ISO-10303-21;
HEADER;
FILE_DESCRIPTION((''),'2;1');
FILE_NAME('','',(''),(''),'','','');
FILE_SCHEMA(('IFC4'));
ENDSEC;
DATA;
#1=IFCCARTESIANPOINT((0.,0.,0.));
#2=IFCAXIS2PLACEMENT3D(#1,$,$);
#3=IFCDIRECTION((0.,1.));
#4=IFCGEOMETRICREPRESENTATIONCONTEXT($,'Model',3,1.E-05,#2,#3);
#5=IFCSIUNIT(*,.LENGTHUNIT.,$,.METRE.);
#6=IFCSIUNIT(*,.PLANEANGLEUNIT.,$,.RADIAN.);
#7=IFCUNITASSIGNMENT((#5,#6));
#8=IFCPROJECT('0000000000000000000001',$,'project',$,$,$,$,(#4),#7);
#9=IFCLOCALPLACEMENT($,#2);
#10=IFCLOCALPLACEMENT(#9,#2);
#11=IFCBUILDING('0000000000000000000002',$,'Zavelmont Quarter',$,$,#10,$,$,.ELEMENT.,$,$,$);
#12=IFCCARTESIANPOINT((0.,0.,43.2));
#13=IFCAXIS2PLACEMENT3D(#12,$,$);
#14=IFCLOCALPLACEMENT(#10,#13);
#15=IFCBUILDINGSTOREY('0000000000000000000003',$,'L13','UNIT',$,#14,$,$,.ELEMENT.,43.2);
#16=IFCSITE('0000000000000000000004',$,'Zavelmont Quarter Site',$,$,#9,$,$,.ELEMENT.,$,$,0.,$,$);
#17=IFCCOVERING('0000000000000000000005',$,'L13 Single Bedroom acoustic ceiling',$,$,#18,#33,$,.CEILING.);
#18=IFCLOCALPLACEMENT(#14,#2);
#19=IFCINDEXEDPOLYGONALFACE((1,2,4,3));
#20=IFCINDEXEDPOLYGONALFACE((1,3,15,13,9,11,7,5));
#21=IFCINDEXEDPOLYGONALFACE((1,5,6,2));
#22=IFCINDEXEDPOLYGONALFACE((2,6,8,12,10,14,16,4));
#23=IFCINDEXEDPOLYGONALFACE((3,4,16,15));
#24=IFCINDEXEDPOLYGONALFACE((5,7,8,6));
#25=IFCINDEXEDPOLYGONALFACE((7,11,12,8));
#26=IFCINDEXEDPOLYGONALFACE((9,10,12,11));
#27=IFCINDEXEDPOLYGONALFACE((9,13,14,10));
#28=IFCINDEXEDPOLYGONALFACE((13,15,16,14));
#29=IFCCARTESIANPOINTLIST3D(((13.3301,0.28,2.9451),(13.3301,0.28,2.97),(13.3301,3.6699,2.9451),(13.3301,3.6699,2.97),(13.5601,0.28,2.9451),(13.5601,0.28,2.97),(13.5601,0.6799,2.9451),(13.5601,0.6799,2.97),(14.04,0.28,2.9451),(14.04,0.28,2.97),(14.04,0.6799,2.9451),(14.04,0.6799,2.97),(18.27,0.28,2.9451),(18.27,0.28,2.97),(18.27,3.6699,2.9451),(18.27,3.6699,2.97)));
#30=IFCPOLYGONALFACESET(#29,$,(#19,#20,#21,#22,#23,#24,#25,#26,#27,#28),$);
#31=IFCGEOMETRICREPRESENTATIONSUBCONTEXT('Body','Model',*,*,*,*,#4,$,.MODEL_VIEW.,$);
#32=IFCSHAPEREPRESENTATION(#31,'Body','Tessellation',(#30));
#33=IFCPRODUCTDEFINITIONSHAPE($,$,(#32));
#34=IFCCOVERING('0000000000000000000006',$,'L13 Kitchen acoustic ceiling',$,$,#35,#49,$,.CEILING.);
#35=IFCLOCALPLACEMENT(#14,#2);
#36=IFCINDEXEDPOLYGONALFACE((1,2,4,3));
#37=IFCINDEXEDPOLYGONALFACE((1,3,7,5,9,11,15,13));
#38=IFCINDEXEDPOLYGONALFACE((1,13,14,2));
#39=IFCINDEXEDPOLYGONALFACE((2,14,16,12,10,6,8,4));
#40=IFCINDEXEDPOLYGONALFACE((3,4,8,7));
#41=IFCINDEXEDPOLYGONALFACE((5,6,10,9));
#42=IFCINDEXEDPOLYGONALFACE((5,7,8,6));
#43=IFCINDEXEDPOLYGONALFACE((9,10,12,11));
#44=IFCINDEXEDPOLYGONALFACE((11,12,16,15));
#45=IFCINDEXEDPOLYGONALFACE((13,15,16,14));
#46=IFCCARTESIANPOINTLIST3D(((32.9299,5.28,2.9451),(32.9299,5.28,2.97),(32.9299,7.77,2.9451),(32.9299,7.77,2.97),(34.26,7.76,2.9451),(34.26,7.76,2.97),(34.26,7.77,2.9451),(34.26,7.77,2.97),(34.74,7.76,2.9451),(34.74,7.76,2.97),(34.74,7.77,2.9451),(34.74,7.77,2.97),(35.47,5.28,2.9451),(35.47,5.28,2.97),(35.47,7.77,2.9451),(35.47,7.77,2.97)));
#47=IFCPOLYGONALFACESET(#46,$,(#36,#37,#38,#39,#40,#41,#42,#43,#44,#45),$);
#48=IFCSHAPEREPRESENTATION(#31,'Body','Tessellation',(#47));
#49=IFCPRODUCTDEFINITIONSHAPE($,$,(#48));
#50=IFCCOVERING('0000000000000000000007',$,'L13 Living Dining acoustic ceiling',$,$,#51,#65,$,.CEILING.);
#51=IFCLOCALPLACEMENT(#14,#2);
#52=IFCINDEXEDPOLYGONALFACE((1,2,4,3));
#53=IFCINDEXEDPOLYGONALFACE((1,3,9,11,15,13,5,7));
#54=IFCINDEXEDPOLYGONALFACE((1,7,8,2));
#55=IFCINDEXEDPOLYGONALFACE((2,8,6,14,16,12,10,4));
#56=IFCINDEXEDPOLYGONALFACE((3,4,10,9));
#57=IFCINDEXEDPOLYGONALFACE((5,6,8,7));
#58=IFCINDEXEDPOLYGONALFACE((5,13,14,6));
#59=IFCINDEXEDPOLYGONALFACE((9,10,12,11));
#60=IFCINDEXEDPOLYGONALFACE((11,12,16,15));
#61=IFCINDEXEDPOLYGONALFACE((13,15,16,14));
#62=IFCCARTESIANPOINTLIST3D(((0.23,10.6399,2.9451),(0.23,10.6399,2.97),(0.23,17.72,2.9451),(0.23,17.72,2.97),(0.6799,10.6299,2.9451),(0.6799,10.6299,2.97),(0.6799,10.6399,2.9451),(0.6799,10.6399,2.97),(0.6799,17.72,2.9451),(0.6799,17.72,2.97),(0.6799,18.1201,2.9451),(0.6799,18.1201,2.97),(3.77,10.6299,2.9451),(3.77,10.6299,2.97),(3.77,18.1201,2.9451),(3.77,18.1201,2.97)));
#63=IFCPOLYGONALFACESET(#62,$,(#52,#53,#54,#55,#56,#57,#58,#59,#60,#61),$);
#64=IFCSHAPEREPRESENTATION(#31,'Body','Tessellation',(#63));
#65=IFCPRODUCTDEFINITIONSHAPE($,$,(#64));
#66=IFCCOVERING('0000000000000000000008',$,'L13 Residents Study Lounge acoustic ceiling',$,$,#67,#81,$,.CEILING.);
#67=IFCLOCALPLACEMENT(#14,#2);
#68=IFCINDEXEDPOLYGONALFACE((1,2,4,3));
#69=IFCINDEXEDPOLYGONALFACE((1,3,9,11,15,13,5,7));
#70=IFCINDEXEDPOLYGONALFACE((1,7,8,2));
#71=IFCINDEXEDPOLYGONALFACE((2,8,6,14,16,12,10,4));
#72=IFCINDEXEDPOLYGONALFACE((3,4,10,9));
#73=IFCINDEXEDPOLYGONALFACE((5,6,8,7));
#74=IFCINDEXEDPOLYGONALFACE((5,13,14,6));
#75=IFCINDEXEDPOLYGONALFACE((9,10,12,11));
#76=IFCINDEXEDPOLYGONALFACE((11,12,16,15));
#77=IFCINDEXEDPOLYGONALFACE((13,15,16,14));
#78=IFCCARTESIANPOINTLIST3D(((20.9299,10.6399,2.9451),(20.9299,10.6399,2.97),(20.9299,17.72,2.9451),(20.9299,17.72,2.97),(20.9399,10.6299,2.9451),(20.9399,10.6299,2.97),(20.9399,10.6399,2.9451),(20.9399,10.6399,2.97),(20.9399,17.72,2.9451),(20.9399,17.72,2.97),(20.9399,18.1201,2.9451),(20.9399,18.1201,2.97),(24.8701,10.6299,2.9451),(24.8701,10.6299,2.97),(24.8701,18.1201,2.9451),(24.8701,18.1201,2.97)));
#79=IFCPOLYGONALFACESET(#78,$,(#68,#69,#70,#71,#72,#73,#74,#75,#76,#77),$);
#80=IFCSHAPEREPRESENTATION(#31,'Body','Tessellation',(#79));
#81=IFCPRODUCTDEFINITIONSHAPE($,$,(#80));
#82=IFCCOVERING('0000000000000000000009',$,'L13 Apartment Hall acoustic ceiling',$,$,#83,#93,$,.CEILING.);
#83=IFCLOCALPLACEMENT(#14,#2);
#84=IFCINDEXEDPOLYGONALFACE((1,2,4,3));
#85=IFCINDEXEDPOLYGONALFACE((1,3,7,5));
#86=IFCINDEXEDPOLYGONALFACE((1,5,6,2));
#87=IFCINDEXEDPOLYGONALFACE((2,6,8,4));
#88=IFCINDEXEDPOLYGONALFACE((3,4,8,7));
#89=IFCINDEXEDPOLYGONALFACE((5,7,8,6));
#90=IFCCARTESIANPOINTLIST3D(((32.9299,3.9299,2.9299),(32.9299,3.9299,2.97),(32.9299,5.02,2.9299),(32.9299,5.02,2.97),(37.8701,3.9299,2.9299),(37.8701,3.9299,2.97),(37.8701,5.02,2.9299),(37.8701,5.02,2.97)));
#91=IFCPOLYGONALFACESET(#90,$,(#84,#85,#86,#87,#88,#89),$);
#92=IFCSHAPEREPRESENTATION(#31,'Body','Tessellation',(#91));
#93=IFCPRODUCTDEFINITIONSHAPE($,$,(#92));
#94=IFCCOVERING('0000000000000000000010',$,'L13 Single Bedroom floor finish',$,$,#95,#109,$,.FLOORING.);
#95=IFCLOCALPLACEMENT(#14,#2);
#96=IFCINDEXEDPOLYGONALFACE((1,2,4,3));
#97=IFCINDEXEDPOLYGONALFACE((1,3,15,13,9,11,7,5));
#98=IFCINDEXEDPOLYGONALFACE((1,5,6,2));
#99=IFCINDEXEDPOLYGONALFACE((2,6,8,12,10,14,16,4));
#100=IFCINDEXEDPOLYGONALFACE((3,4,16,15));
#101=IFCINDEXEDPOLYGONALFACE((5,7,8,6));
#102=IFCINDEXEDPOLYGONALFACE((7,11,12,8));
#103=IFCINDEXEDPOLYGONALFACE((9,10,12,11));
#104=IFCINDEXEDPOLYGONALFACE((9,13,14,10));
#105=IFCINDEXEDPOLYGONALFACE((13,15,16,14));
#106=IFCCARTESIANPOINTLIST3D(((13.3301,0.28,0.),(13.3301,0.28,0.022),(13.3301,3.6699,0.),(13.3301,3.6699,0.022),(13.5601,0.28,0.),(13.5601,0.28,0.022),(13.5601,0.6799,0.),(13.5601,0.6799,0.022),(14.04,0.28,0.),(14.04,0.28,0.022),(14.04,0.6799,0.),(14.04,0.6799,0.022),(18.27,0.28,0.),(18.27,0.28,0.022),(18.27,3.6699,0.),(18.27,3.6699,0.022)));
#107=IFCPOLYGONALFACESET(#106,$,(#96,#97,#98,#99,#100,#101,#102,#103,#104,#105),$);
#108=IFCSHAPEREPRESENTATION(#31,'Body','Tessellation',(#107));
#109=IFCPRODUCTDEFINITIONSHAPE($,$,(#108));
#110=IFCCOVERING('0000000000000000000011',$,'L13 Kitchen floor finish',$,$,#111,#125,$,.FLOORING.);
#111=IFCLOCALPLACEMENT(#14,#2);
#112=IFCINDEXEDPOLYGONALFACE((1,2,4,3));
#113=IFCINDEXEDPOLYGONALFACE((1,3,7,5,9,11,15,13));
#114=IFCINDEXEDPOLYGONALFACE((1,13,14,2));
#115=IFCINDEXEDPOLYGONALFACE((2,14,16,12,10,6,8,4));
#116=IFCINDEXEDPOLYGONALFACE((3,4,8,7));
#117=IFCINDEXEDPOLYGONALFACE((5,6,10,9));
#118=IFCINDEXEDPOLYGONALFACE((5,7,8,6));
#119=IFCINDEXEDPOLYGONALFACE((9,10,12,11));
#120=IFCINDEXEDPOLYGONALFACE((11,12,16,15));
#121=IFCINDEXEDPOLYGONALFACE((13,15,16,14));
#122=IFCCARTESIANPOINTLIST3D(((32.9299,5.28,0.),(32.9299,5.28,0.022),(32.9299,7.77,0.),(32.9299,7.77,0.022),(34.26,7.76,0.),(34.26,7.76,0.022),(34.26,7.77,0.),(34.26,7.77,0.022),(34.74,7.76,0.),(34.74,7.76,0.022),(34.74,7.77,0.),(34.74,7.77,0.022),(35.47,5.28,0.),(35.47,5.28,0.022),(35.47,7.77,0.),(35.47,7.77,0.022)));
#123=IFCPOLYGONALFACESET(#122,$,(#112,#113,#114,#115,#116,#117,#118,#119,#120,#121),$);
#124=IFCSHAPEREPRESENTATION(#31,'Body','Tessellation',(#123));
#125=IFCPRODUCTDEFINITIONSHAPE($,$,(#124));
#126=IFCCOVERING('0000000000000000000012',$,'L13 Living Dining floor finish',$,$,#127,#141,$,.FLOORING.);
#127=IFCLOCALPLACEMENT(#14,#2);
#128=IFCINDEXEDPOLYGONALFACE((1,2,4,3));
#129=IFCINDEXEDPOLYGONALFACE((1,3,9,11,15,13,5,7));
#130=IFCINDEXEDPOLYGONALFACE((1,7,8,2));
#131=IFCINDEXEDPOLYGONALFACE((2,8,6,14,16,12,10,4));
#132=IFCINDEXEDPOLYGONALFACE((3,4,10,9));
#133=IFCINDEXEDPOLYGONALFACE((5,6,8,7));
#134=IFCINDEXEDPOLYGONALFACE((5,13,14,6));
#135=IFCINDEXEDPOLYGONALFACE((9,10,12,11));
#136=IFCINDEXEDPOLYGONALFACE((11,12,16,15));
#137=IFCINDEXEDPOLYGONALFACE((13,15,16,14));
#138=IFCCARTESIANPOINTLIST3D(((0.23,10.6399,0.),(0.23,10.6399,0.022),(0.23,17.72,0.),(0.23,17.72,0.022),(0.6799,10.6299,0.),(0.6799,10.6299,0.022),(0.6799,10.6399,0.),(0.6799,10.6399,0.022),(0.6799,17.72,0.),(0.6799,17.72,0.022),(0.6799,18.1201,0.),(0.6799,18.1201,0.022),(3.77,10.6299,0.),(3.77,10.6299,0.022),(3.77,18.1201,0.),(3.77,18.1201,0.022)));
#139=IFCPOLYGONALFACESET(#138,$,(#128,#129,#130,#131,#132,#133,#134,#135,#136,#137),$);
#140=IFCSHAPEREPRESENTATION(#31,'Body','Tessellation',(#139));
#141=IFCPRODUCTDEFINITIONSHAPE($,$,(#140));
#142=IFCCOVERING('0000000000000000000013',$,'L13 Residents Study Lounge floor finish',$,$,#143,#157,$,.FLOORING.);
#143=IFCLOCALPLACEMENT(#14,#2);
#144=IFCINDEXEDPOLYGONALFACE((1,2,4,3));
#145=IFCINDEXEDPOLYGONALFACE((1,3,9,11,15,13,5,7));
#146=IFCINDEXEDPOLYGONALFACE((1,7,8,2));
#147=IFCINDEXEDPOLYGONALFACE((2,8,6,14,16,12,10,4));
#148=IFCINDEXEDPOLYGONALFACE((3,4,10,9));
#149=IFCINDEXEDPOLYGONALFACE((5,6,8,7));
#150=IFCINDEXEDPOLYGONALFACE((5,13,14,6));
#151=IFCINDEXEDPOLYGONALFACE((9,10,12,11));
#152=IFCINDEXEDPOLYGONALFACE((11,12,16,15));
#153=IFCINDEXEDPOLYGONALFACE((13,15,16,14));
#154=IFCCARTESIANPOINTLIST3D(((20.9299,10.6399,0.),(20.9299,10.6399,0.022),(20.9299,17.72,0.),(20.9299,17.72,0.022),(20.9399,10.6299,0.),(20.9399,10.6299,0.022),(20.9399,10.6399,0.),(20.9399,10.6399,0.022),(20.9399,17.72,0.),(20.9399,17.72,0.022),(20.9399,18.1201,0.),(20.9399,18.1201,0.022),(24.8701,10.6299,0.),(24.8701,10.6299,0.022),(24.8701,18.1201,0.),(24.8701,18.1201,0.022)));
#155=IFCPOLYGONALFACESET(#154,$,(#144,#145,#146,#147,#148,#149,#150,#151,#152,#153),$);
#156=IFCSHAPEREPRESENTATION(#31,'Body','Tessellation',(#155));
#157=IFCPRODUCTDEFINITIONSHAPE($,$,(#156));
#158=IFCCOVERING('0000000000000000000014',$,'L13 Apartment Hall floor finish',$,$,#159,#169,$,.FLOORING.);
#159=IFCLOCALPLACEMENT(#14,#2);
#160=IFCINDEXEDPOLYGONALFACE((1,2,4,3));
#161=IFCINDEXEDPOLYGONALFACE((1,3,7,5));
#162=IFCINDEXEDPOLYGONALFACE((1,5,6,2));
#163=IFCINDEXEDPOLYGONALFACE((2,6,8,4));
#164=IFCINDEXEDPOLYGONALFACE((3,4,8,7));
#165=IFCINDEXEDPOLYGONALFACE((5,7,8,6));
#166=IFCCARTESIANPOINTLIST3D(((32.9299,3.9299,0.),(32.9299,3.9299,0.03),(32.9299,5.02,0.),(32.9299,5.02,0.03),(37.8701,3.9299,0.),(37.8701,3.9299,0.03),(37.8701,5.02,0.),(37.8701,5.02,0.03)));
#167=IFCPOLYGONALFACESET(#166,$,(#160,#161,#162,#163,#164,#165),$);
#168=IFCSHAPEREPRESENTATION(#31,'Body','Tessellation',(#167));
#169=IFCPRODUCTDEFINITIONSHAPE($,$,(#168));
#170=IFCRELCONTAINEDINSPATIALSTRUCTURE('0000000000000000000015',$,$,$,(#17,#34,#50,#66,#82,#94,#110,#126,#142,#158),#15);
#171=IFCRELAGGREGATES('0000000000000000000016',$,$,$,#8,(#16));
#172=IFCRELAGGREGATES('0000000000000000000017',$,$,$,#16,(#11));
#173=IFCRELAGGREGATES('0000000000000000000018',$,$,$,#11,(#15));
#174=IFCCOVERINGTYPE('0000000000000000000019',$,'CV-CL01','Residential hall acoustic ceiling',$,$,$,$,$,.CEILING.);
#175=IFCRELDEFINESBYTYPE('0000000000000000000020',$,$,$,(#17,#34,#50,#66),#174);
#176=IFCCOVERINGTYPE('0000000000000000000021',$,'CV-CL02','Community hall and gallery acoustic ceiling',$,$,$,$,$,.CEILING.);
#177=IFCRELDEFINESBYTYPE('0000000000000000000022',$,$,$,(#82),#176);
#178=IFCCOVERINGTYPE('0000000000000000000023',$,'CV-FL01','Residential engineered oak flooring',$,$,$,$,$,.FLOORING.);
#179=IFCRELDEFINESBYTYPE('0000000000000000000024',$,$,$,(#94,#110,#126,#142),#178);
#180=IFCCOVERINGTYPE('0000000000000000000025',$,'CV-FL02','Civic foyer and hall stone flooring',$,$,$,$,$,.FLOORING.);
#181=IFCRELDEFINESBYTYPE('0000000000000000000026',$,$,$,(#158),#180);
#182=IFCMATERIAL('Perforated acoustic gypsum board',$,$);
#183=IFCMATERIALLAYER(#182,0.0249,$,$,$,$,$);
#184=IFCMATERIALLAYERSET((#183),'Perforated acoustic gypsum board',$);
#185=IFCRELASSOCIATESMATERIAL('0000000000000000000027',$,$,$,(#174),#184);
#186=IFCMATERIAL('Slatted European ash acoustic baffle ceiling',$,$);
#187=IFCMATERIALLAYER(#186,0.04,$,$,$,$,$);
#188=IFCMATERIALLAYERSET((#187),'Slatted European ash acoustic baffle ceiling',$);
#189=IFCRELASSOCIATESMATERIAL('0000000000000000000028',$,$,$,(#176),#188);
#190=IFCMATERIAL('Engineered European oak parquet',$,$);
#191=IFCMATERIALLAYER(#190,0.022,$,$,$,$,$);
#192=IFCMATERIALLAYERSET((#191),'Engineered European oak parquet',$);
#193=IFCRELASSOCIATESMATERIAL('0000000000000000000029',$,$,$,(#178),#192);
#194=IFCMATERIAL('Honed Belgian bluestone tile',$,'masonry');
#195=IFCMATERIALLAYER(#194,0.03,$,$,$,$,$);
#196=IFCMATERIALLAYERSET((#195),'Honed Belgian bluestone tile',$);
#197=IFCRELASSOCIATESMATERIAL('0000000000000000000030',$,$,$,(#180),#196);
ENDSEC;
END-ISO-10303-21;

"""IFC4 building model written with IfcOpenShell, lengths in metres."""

from ifc_helpers import new_model, si_unit, direction, frame, origin, place, context, subcontext, project, spatial, polyline, outline, extrude, material, layer, layer_set, type_object, element, save


model = new_model("IFC4")

# Units and contexts
model_context = context("Model", 3, precision=1e-05, world=origin(), true_north=direction((0.0, 1.0)))
body_context = subcontext(model_context, "Body", "Model", "MODEL_VIEW")
ifc_project = project(units=[si_unit("LENGTHUNIT", "METRE"), si_unit("PLANEANGLEUNIT", "RADIAN")], contexts=[model_context])

# Site, building, storey
site_placement = place(None, origin())
site = spatial("IfcSite", under=ifc_project, at=site_placement, Name="Zavelmont Quarter Site", CompositionType="ELEMENT", RefElevation=0.0)
building_placement = place(site_placement, origin())
building = spatial("IfcBuilding", under=site, at=building_placement, Name="Zavelmont Quarter", CompositionType="ELEMENT")
storey_placement = place(building_placement, frame((0.0, 0.0, 43.2)))
storey = spatial("IfcBuildingStorey", under=building, at=storey_placement, Name="L13", Description="UNIT", CompositionType="ELEMENT", Elevation=43.2)

# Coverings
ifc_material_1 = material(Name="Perforated acoustic gypsum board")
ifc_layer_1 = layer(ifc_material_1, 0.0249)
ifc_layer_set_1 = layer_set([ifc_layer_1], Name="Perforated acoustic gypsum board")
covering_type_1 = type_object("IfcCoveringType", Name="CV-CL01", Description="Residential hall acoustic ceiling", PredefinedType="CEILING", material=ifc_layer_set_1)
covering_1_placement = place(storey_placement, frame((0.0, 0.0, 2.9451)))
element("IfcCovering", 1, at=covering_1_placement, inside=storey, type_object=covering_type_1, Name="L13 Single Bedroom acoustic ceiling", PredefinedType="CEILING", context=body_context, shape_type="SweptSolid", body=[
    extrude(outline(polyline([(13.3301, 3.6699), (18.27, 3.6699), (18.27, 0.28), (14.04, 0.28), (14.04, 0.6799), (13.5601, 0.6799), (13.5601, 0.28), (13.3301, 0.28), (13.3301, 3.6699)])), origin(), (0.0, 0.0, 1.0), 0.0249),
])
covering_2_placement = place(storey_placement, frame((0.0, 0.0, 2.9451)))
element("IfcCovering", 2, at=covering_2_placement, inside=storey, type_object=covering_type_1, Name="L13 Kitchen acoustic ceiling", PredefinedType="CEILING", context=body_context, shape_type="SweptSolid", body=[
    extrude(outline(polyline([(32.9299, 7.77), (34.26, 7.77), (34.26, 7.76), (34.74, 7.76), (34.74, 7.77), (35.47, 7.77), (35.47, 5.28), (32.9299, 5.28), (32.9299, 7.77)])), origin(), (0.0, 0.0, 1.0), 0.0249),
])
covering_3_placement = place(storey_placement, frame((0.0, 0.0, 2.9451)))
element("IfcCovering", 3, at=covering_3_placement, inside=storey, type_object=covering_type_1, Name="L13 Living Dining acoustic ceiling", PredefinedType="CEILING", context=body_context, shape_type="SweptSolid", body=[
    extrude(outline(polyline([(0.23, 17.72), (0.6799, 17.72), (0.6799, 18.1201), (3.77, 18.1201), (3.77, 10.6299), (0.6799, 10.6299), (0.6799, 10.6399), (0.23, 10.6399), (0.23, 17.72)])), origin(), (0.0, 0.0, 1.0), 0.0249),
])
covering_4_placement = place(storey_placement, frame((0.0, 0.0, 2.9451)))
element("IfcCovering", 4, at=covering_4_placement, inside=storey, type_object=covering_type_1, Name="L13 Residents Study Lounge acoustic ceiling", PredefinedType="CEILING", context=body_context, shape_type="SweptSolid", body=[
    extrude(outline(polyline([(20.9299, 17.72), (20.9399, 17.72), (20.9399, 18.1201), (24.8701, 18.1201), (24.8701, 10.6299), (20.9399, 10.6299), (20.9399, 10.6399), (20.9299, 10.6399), (20.9299, 17.72)])), origin(), (0.0, 0.0, 1.0), 0.0249),
])
ifc_material_2 = material(Name="Slatted European ash acoustic baffle ceiling")
ifc_layer_2 = layer(ifc_material_2, 0.04)
ifc_layer_set_2 = layer_set([ifc_layer_2], Name="Slatted European ash acoustic baffle ceiling")
covering_type_2 = type_object("IfcCoveringType", Name="CV-CL02", Description="Community hall and gallery acoustic ceiling", PredefinedType="CEILING", material=ifc_layer_set_2)
covering_5_placement = place(storey_placement, frame((0.0, 0.0, 2.9299)))
element("IfcCovering", 5, at=covering_5_placement, inside=storey, type_object=covering_type_2, Name="L13 Apartment Hall acoustic ceiling", PredefinedType="CEILING", context=body_context, shape_type="SweptSolid", body=[
    extrude(outline(polyline([(32.9299, 5.02), (37.8701, 5.02), (37.8701, 3.9299), (32.9299, 3.9299), (32.9299, 5.02)])), origin(), (0.0, 0.0, 1.0), 0.04),
])
ifc_material_3 = material(Name="Engineered European oak parquet")
ifc_layer_3 = layer(ifc_material_3, 0.022)
ifc_layer_set_3 = layer_set([ifc_layer_3], Name="Engineered European oak parquet")
covering_type_3 = type_object("IfcCoveringType", Name="CV-FL01", Description="Residential engineered oak flooring", PredefinedType="FLOORING", material=ifc_layer_set_3)
covering_6_placement = place(storey_placement, origin())
element("IfcCovering", 6, at=covering_6_placement, inside=storey, type_object=covering_type_3, Name="L13 Single Bedroom floor finish", PredefinedType="FLOORING", context=body_context, shape_type="SweptSolid", body=[
    extrude(outline(polyline([(13.3301, 3.6699), (18.27, 3.6699), (18.27, 0.28), (14.04, 0.28), (14.04, 0.6799), (13.5601, 0.6799), (13.5601, 0.28), (13.3301, 0.28), (13.3301, 3.6699)])), origin(), (0.0, 0.0, 1.0), 0.022),
])
covering_7_placement = place(storey_placement, origin())
element("IfcCovering", 7, at=covering_7_placement, inside=storey, type_object=covering_type_3, Name="L13 Kitchen floor finish", PredefinedType="FLOORING", context=body_context, shape_type="SweptSolid", body=[
    extrude(outline(polyline([(32.9299, 7.77), (34.26, 7.77), (34.26, 7.76), (34.74, 7.76), (34.74, 7.77), (35.47, 7.77), (35.47, 5.28), (32.9299, 5.28), (32.9299, 7.77)])), origin(), (0.0, 0.0, 1.0), 0.022),
])
covering_8_placement = place(storey_placement, origin())
element("IfcCovering", 8, at=covering_8_placement, inside=storey, type_object=covering_type_3, Name="L13 Living Dining floor finish", PredefinedType="FLOORING", context=body_context, shape_type="SweptSolid", body=[
    extrude(outline(polyline([(0.23, 17.72), (0.6799, 17.72), (0.6799, 18.1201), (3.77, 18.1201), (3.77, 10.6299), (0.6799, 10.6299), (0.6799, 10.6399), (0.23, 10.6399), (0.23, 17.72)])), origin(), (0.0, 0.0, 1.0), 0.022),
])
covering_9_placement = place(storey_placement, origin())
element("IfcCovering", 9, at=covering_9_placement, inside=storey, type_object=covering_type_3, Name="L13 Residents Study Lounge floor finish", PredefinedType="FLOORING", context=body_context, shape_type="SweptSolid", body=[
    extrude(outline(polyline([(20.9299, 17.72), (20.9399, 17.72), (20.9399, 18.1201), (24.8701, 18.1201), (24.8701, 10.6299), (20.9399, 10.6299), (20.9399, 10.6399), (20.9299, 10.6399), (20.9299, 17.72)])), origin(), (0.0, 0.0, 1.0), 0.022),
])
ifc_material_4 = material(Name="Honed Belgian bluestone tile", Category="masonry")
ifc_layer_4 = layer(ifc_material_4, 0.03)
ifc_layer_set_4 = layer_set([ifc_layer_4], Name="Honed Belgian bluestone tile")
covering_type_4 = type_object("IfcCoveringType", Name="CV-FL02", Description="Civic foyer and hall stone flooring", PredefinedType="FLOORING", material=ifc_layer_set_4)
covering_10_placement = place(storey_placement, origin())
element("IfcCovering", 10, at=covering_10_placement, inside=storey, type_object=covering_type_4, Name="L13 Apartment Hall floor finish", PredefinedType="FLOORING", context=body_context, shape_type="SweptSolid", body=[
    extrude(outline(polyline([(32.9299, 5.02), (37.8701, 5.02), (37.8701, 3.9299), (32.9299, 3.9299), (32.9299, 5.02)])), origin(), (0.0, 0.0, 1.0), 0.03),
])

save(model, "model.ifc")
